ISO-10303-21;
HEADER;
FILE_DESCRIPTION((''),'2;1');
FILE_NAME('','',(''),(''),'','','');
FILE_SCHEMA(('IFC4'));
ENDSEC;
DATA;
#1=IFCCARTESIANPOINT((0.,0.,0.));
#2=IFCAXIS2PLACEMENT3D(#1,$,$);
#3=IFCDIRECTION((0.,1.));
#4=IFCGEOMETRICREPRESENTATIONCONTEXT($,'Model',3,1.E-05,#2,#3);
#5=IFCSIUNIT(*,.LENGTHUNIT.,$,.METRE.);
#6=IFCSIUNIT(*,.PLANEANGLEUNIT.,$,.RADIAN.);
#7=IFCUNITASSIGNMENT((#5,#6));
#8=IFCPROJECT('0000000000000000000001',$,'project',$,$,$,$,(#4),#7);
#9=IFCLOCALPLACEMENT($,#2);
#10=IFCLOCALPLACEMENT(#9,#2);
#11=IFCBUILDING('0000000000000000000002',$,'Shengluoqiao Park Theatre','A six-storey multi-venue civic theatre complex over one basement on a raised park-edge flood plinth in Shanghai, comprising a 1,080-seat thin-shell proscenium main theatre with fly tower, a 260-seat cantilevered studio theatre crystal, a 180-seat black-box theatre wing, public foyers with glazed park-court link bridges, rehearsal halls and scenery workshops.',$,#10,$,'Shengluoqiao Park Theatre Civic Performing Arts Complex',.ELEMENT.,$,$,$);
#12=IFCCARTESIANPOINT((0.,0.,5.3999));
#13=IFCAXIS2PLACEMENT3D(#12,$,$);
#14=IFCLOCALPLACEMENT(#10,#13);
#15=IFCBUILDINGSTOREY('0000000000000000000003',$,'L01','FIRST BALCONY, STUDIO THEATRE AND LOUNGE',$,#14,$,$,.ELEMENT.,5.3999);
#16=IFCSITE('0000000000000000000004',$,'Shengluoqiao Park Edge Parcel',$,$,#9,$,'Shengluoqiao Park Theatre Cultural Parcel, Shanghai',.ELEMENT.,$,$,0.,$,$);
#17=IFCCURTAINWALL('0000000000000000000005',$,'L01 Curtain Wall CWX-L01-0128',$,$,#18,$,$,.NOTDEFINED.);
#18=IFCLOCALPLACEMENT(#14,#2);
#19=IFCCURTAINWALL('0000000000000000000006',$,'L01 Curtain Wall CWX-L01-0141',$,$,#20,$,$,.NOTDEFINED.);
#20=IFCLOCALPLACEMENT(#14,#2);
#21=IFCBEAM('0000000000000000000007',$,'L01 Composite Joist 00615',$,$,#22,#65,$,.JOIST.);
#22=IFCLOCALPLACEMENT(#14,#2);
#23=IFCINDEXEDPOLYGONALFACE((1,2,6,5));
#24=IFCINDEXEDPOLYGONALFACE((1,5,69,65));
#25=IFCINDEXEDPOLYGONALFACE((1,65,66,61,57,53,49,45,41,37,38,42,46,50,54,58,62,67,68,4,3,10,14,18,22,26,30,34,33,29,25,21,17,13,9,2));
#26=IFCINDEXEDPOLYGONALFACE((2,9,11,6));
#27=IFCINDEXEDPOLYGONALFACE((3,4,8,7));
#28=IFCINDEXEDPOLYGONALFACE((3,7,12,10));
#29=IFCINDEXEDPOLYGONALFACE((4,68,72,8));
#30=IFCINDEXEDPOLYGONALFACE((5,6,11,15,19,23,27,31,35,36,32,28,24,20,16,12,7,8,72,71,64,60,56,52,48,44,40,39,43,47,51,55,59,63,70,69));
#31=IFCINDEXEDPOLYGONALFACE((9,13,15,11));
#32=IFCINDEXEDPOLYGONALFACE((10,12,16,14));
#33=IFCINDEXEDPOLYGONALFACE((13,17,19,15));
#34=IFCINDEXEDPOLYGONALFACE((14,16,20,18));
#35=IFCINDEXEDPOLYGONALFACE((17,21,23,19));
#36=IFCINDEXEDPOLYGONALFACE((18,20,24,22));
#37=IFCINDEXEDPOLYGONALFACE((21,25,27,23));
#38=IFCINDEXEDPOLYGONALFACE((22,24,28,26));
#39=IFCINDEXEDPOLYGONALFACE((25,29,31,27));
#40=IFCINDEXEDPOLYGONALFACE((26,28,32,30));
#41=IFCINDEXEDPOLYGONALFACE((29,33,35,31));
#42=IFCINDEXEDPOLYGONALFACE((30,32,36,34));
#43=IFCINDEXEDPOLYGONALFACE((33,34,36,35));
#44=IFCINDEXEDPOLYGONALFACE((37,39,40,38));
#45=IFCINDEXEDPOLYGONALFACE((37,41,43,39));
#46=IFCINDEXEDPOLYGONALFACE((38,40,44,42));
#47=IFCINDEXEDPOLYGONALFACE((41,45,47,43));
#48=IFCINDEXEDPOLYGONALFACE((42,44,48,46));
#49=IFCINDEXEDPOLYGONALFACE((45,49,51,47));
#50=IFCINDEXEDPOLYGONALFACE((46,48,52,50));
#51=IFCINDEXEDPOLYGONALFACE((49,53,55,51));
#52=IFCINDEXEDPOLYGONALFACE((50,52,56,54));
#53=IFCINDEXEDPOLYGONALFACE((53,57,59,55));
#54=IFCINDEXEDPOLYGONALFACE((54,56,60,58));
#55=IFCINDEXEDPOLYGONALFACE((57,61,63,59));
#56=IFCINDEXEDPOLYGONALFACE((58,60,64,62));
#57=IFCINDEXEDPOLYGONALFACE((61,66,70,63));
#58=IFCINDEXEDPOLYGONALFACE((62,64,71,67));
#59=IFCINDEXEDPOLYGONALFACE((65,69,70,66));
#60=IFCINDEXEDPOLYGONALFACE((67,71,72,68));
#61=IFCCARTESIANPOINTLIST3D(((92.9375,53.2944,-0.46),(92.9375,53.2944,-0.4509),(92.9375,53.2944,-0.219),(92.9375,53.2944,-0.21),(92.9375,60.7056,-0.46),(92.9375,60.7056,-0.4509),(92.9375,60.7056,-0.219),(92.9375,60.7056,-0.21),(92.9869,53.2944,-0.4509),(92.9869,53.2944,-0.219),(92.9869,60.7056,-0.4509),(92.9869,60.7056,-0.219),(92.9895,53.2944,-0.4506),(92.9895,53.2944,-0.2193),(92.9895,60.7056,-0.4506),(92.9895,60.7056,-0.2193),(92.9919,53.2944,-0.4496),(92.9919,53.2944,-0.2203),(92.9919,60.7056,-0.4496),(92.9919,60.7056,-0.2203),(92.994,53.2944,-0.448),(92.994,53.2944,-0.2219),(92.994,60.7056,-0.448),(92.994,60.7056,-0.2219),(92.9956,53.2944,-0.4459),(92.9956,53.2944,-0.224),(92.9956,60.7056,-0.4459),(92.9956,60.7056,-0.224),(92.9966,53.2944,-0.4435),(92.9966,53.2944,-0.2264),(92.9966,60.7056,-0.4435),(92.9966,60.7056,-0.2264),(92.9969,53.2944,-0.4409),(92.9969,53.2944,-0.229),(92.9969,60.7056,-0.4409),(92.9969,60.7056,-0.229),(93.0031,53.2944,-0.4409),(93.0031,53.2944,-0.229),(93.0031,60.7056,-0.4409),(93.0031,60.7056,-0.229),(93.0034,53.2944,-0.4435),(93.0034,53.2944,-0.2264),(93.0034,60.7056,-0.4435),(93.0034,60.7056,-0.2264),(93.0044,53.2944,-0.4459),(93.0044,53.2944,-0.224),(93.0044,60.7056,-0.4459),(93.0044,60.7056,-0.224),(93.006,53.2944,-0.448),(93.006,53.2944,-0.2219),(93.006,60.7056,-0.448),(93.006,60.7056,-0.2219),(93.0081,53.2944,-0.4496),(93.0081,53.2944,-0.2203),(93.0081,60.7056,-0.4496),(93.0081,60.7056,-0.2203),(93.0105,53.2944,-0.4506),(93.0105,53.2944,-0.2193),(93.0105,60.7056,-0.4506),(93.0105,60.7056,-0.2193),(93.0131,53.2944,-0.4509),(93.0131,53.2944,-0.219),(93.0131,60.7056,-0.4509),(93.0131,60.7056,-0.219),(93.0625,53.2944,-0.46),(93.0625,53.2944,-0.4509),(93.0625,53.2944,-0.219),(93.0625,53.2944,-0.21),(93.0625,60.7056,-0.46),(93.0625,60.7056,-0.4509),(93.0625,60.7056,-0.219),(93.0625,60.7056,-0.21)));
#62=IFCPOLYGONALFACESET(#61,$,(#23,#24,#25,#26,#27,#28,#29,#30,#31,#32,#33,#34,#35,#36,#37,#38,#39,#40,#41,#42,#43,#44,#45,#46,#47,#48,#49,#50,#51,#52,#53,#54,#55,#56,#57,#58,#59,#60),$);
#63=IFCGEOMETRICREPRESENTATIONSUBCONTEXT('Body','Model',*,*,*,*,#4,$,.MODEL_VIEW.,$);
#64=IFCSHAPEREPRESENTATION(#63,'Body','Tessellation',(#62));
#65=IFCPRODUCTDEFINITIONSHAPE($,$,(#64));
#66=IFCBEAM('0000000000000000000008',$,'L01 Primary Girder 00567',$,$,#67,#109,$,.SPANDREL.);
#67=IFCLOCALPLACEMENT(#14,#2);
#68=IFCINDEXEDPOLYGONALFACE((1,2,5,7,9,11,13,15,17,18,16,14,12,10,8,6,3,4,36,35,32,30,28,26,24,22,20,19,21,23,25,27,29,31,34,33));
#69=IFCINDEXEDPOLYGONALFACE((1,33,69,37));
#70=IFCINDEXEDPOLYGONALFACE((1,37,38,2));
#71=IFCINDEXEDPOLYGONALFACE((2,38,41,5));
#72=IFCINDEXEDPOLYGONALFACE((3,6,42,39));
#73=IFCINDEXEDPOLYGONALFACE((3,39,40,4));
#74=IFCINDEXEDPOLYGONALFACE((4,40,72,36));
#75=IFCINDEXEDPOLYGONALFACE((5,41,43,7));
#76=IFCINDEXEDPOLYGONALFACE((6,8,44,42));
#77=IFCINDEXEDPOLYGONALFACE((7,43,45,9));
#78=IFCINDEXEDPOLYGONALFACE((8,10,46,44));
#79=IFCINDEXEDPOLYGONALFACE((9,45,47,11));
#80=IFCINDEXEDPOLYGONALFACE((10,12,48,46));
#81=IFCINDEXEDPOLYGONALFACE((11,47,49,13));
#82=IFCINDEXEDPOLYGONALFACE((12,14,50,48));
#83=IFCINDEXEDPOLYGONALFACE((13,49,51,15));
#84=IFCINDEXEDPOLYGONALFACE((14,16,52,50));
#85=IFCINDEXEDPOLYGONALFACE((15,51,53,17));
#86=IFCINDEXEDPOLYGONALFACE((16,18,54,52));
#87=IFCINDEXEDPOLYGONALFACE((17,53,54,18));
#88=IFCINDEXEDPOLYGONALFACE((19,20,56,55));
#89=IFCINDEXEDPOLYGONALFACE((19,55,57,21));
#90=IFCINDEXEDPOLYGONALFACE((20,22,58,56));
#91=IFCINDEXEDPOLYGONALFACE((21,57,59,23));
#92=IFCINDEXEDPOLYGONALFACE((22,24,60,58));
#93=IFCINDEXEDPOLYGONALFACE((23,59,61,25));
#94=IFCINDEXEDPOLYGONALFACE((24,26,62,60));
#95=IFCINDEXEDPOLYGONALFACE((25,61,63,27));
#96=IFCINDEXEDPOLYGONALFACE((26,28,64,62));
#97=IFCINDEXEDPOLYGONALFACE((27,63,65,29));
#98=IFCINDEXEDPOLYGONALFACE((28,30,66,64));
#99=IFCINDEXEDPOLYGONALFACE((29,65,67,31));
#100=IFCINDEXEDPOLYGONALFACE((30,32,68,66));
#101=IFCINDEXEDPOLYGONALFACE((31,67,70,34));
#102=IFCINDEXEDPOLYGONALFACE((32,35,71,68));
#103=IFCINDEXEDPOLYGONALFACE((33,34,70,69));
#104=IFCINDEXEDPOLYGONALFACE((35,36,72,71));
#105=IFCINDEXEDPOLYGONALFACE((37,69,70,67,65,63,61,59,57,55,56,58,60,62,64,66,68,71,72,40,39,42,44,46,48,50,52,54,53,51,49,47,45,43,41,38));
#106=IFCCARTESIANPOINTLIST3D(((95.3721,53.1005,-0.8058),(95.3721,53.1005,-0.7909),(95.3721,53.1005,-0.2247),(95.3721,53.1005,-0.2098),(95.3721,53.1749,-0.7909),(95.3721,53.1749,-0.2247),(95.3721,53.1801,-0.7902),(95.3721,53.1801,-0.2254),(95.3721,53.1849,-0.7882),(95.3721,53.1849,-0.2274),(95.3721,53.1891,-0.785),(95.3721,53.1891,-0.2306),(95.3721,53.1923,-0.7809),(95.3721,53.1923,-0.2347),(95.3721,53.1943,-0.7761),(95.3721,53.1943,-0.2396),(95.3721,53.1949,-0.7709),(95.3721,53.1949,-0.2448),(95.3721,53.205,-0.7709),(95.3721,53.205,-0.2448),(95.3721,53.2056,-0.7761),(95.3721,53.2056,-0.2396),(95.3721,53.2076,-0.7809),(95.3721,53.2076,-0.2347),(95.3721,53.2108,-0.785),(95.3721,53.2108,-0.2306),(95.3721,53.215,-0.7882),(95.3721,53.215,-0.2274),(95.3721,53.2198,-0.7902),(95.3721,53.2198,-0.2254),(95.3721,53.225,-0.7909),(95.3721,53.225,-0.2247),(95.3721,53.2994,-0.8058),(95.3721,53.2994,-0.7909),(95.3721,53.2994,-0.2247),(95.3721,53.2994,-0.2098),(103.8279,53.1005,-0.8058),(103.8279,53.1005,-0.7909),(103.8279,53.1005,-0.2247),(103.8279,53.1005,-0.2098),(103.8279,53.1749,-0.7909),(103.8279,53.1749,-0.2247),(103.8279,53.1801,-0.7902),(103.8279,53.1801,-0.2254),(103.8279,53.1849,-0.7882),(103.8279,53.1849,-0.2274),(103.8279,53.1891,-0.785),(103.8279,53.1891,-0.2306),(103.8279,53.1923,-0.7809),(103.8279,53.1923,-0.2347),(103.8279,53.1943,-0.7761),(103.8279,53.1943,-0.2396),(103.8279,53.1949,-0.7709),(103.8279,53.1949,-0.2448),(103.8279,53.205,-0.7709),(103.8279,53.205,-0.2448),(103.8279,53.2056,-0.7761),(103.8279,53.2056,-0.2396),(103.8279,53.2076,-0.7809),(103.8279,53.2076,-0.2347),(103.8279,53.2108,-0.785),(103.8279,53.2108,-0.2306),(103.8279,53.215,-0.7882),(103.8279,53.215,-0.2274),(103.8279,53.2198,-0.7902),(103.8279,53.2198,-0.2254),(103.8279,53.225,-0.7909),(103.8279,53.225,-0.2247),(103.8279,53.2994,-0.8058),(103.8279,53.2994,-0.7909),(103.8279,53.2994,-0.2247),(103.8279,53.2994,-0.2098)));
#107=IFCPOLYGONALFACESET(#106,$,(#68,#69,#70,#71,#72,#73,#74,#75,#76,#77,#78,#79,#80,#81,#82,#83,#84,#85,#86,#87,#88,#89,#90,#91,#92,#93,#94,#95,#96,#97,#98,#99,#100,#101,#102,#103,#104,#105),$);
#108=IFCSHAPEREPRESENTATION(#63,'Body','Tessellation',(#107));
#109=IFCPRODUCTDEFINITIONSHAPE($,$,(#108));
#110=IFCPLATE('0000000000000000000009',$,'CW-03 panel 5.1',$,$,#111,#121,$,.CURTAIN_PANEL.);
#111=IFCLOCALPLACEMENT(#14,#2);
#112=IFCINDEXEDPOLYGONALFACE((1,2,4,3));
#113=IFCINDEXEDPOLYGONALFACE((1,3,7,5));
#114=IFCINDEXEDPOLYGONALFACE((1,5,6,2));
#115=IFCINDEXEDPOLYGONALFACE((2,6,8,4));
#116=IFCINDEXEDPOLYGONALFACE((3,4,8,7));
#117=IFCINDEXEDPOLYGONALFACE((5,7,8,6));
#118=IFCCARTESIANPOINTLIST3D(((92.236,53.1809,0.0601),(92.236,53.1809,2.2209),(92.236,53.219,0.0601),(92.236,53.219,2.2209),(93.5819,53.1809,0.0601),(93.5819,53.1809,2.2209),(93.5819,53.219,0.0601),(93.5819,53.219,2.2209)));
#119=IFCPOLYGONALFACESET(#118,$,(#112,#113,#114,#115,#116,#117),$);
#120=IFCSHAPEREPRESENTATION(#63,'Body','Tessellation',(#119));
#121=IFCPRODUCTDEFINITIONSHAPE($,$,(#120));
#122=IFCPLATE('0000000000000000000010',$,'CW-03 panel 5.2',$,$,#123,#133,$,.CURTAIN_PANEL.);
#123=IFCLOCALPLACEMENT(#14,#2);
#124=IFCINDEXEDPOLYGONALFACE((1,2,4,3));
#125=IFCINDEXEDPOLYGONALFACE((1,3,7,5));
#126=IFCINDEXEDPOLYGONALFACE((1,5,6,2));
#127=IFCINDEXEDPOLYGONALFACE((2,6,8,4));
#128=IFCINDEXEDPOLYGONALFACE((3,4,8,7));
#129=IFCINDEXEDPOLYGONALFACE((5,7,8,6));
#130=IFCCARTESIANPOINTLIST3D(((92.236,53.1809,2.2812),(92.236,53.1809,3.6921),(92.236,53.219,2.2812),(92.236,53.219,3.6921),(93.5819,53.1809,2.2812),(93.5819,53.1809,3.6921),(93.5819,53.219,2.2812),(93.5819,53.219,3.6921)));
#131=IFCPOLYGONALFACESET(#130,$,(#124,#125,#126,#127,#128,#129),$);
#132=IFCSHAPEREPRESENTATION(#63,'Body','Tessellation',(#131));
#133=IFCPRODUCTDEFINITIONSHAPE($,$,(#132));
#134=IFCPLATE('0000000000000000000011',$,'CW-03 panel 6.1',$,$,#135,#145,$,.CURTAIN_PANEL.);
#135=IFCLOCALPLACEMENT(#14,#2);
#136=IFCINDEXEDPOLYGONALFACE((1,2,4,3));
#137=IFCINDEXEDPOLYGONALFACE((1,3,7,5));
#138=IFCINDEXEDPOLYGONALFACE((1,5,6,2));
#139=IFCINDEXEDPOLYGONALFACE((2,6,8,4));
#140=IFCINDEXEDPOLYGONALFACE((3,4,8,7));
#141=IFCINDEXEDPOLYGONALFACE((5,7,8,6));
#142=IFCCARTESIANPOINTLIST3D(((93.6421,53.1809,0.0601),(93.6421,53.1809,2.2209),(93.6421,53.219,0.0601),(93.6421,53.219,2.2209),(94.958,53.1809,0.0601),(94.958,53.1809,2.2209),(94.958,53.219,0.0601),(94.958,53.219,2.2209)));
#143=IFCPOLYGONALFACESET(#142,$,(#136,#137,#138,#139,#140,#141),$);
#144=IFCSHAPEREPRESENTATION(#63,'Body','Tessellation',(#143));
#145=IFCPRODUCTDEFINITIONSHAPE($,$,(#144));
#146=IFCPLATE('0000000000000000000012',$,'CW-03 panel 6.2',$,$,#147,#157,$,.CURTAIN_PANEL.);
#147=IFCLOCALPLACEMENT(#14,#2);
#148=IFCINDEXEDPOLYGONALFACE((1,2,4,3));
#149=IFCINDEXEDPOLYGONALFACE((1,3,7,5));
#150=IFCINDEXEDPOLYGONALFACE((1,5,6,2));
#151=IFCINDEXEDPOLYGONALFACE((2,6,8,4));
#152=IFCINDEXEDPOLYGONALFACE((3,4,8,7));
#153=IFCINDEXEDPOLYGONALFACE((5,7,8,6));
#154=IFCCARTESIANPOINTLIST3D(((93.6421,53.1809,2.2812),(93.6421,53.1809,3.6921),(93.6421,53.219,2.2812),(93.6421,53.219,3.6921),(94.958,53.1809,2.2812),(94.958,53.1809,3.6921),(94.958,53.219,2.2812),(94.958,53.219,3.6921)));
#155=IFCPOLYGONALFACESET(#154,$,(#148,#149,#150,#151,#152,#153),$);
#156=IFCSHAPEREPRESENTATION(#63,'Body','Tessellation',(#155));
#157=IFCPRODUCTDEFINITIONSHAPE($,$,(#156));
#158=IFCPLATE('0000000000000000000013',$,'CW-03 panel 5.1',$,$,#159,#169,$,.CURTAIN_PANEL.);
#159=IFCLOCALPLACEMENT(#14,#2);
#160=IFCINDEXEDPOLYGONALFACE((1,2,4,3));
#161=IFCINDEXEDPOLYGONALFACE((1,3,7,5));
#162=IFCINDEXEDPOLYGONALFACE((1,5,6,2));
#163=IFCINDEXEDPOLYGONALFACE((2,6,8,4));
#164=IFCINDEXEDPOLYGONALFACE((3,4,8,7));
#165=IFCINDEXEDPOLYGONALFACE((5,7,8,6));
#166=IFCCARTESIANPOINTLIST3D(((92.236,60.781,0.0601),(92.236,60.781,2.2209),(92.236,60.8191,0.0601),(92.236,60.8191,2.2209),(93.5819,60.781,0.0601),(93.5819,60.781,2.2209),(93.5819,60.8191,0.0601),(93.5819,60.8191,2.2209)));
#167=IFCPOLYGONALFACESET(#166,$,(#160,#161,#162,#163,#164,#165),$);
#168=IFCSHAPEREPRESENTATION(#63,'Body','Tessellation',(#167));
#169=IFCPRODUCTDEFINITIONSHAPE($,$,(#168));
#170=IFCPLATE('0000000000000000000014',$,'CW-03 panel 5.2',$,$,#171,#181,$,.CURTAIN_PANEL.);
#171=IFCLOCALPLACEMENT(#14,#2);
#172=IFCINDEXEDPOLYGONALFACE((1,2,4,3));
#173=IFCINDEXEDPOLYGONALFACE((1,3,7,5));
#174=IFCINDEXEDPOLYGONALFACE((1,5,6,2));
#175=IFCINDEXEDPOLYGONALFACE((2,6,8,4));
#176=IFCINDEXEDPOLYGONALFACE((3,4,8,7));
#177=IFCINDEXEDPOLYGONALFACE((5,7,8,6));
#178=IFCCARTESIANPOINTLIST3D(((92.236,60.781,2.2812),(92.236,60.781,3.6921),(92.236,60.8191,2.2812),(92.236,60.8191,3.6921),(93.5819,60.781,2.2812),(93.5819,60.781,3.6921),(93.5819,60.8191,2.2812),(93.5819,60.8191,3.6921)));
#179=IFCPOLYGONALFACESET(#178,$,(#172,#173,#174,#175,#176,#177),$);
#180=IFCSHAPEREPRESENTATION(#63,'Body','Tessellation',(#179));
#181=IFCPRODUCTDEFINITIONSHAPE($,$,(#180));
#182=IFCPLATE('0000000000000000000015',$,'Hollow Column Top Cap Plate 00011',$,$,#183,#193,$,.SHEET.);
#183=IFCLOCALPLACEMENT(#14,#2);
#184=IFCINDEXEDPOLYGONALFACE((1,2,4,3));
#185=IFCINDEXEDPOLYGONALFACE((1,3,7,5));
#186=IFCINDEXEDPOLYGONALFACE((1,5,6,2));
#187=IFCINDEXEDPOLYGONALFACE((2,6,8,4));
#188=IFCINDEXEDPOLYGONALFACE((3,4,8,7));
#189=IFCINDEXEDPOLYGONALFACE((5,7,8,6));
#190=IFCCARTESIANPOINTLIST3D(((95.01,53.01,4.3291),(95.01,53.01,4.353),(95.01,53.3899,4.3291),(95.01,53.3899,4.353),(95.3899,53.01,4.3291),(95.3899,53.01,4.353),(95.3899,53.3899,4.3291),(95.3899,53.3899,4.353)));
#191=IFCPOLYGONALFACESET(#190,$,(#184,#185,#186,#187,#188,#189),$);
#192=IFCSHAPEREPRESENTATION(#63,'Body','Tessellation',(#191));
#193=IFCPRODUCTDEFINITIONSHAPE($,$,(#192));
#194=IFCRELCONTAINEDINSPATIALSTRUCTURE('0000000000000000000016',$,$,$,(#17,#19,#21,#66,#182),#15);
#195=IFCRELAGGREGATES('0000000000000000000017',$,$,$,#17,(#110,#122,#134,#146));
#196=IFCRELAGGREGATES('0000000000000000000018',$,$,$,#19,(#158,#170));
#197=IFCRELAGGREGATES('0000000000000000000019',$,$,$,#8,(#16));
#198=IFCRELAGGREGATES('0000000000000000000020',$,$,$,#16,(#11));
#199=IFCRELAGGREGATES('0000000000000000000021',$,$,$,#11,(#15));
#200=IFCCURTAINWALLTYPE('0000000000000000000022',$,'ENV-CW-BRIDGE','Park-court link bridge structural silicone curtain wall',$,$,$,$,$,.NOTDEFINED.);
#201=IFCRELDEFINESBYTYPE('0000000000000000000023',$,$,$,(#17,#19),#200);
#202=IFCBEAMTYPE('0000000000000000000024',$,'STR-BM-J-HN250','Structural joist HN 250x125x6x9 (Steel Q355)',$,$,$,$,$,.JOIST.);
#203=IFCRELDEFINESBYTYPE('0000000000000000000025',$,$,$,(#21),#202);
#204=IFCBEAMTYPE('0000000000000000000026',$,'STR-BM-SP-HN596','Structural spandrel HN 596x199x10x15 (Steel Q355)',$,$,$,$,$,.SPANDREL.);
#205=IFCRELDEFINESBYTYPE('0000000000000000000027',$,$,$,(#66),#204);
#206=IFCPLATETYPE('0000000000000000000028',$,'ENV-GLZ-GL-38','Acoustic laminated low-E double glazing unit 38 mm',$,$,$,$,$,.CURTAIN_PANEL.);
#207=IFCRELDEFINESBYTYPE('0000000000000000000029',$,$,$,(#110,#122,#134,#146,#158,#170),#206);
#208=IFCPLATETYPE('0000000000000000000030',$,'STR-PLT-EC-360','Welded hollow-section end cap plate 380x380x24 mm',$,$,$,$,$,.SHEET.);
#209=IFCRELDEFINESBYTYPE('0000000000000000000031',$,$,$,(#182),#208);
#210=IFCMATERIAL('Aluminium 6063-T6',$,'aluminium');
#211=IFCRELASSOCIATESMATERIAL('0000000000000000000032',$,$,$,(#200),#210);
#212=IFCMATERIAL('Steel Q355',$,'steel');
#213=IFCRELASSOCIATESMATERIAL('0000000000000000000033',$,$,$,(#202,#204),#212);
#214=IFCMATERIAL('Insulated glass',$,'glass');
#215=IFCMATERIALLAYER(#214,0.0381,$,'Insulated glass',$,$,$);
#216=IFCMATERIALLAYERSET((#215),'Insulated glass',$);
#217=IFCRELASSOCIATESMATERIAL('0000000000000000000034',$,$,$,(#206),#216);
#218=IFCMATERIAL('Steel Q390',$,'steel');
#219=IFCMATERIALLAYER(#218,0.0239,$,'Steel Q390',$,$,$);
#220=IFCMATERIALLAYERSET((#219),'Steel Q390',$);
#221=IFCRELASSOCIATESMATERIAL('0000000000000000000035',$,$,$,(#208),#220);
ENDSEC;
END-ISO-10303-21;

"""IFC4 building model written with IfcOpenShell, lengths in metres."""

from ifc_helpers import new_model, si_unit, direction, frame, origin, origin_2d, place, context, subcontext, project, spatial, rectangle, i_section, extrude, material, layer, layer_set, material_profile, profile_set, type_object, element, aggregate, save


model = new_model("IFC4")

# Units and contexts
model_context = context("Model", 3, precision=1e-05, world=origin(), true_north=direction((0.0, 1.0)))
body_context = subcontext(model_context, "Body", "Model", "MODEL_VIEW")
ifc_project = project(units=[si_unit("LENGTHUNIT", "METRE"), si_unit("PLANEANGLEUNIT", "RADIAN")], contexts=[model_context])

# Site, building, storey
site_placement = place(None, origin())
site = spatial("IfcSite", under=ifc_project, at=site_placement, Name="Shengluoqiao Park Edge Parcel", LongName="Shengluoqiao Park Theatre Cultural Parcel, Shanghai", CompositionType="ELEMENT", RefElevation=0.0)
building_placement = place(site_placement, origin())
building = spatial("IfcBuilding", under=site, at=building_placement, Name="Shengluoqiao Park Theatre", Description="A six-storey multi-venue civic theatre complex over one basement on a raised park-edge flood plinth in Shanghai, comprising a 1,080-seat thin-shell proscenium main theatre with fly tower, a 260-seat cantilevered studio theatre crystal, a 180-seat black-box theatre wing, public foyers with glazed park-court link bridges, rehearsal halls and scenery workshops.", LongName="Shengluoqiao Park Theatre Civic Performing Arts Complex", CompositionType="ELEMENT")
storey_placement = place(building_placement, frame((0.0, 0.0, 5.3999)))
storey = spatial("IfcBuildingStorey", under=building, at=storey_placement, Name="L01", Description="FIRST BALCONY, STUDIO THEATRE AND LOUNGE", CompositionType="ELEMENT", Elevation=5.3999)

# Shared definitions
ifc_material_1 = material(Name="Steel Q355", Category="steel")

# Curtain wall
ifc_material_2 = material(Name="Aluminium 6063-T6", Category="aluminium")
curtain_wall_type = type_object("IfcCurtainWallType", Name="ENV-CW-BRIDGE", Description="Park-court link bridge structural silicone curtain wall", PredefinedType="NOTDEFINED", material=ifc_material_2)
curtain_wall_1_placement = place(storey_placement, origin())
curtain_wall_1 = element("IfcCurtainWall", 1, at=curtain_wall_1_placement, inside=storey, type_object=curtain_wall_type, Name="L01 Curtain Wall CWX-L01-0128", PredefinedType="NOTDEFINED")

# Curtain wall
curtain_wall_2_placement = place(storey_placement, origin())
curtain_wall_2 = element("IfcCurtainWall", 2, at=curtain_wall_2_placement, inside=storey, type_object=curtain_wall_type, Name="L01 Curtain Wall CWX-L01-0141", PredefinedType="NOTDEFINED")

# Beams
ifc_material_profile_1 = material_profile(ifc_material_1, i_section(OverallWidth=0.125, OverallDepth=0.25, WebThickness=0.0061, FlangeThickness=0.009, FilletRadius=0.01, at=origin_2d()), Name="HN 250x125x6x9")
ifc_profile_set_1 = profile_set([ifc_material_profile_1], Name="Steel Q355")
beam_type_1 = type_object("IfcBeamType", Name="STR-BM-J-HN250", Description="Structural joist HN 250x125x6x9 (Steel Q355)", PredefinedType="JOIST", material=ifc_profile_set_1)
beam_1_placement = place(storey_placement, frame((93.0, 53.2944, -0.335), z_axis=(0.0, 1.0, 0.0), x_axis=(-1.0, 0.0, 0.0)))
element("IfcBeam", 3, at=beam_1_placement, inside=storey, type_object=beam_type_1, Name="L01 Composite Joist 00615", PredefinedType="JOIST", context=body_context, shape_type="SweptSolid", body=[
    extrude(i_section(OverallWidth=0.125, OverallDepth=0.25, WebThickness=0.0061, FlangeThickness=0.009, FilletRadius=0.01, at=origin_2d()), origin(), (0.0, 0.0, 1.0), 7.4111),
])
ifc_material_profile_2 = material_profile(ifc_material_1, i_section(OverallWidth=0.199, OverallDepth=0.5959, WebThickness=0.01, FlangeThickness=0.0149, FilletRadius=0.02, at=origin_2d()), Name="HN 596x199x10x15")
ifc_profile_set_2 = profile_set([ifc_material_profile_2], Name="Steel Q355")
beam_type_2 = type_object("IfcBeamType", Name="STR-BM-SP-HN596", Description="Structural spandrel HN 596x199x10x15 (Steel Q355)", PredefinedType="SPANDREL", material=ifc_profile_set_2)
beam_2_placement = place(storey_placement, frame((95.3721, 53.2, -0.5078), z_axis=(1.0, 0.0, 0.0), x_axis=(0.0, 1.0, 0.0)))
element("IfcBeam", 4, at=beam_2_placement, inside=storey, type_object=beam_type_2, Name="L01 Primary Girder 00567", PredefinedType="SPANDREL", context=body_context, shape_type="SweptSolid", body=[
    extrude(i_section(OverallWidth=0.199, OverallDepth=0.5959, WebThickness=0.01, FlangeThickness=0.0149, FilletRadius=0.02, at=origin_2d()), origin(), (0.0, 0.0, 1.0), 8.4558),
])

# Plates
ifc_material_3 = material(Name="Insulated glass", Category="glass")
ifc_layer_1 = layer(ifc_material_3, 0.0381, Name="Insulated glass")
ifc_layer_set_1 = layer_set([ifc_layer_1], Name="Insulated glass")
plate_type_1 = type_object("IfcPlateType", Name="ENV-GLZ-GL-38", Description="Acoustic laminated low-E double glazing unit 38 mm", PredefinedType="CURTAIN_PANEL", material=ifc_layer_set_1)
plate_1_placement = place(storey_placement, frame((92.9089, 53.2, 0.0601), z_axis=(0.0, 0.0, 1.0), x_axis=(1.0, 0.0, 0.0)))
plate_1 = element("IfcPlate", 5, at=plate_1_placement, type_object=plate_type_1, Name="CW-03 panel 5.1", PredefinedType="CURTAIN_PANEL", context=body_context, shape_type="SweptSolid", body=[
    extrude(rectangle(XDim=1.3459, YDim=0.0381, at=origin_2d()), origin(), (0.0, 0.0, 1.0), 2.1609),
])
plate_2_placement = place(storey_placement, frame((92.9089, 53.2, 2.2812), z_axis=(0.0, 0.0, 1.0), x_axis=(1.0, 0.0, 0.0)))
plate_2 = element("IfcPlate", 6, at=plate_2_placement, type_object=plate_type_1, Name="CW-03 panel 5.2", PredefinedType="CURTAIN_PANEL", context=body_context, shape_type="SweptSolid", body=[
    extrude(rectangle(XDim=1.3459, YDim=0.0381, at=origin_2d()), origin(), (0.0, 0.0, 1.0), 1.4109),
])
plate_3_placement = place(storey_placement, frame((94.3, 53.2, 0.0601), z_axis=(0.0, 0.0, 1.0), x_axis=(1.0, 0.0, 0.0)))
plate_3 = element("IfcPlate", 7, at=plate_3_placement, type_object=plate_type_1, Name="CW-03 panel 6.1", PredefinedType="CURTAIN_PANEL", context=body_context, shape_type="SweptSolid", body=[
    extrude(rectangle(XDim=1.3159, YDim=0.0381, at=origin_2d()), origin(), (0.0, 0.0, 1.0), 2.1609),
])
plate_4_placement = place(storey_placement, frame((94.3, 53.2, 2.2812), z_axis=(0.0, 0.0, 1.0), x_axis=(1.0, 0.0, 0.0)))
plate_4 = element("IfcPlate", 8, at=plate_4_placement, type_object=plate_type_1, Name="CW-03 panel 6.2", PredefinedType="CURTAIN_PANEL", context=body_context, shape_type="SweptSolid", body=[
    extrude(rectangle(XDim=1.3159, YDim=0.0381, at=origin_2d()), origin(), (0.0, 0.0, 1.0), 1.4109),
])
aggregate(curtain_wall_1, [plate_1, plate_2, plate_3, plate_4])
plate_5_placement = place(storey_placement, frame((92.9089, 60.8, 0.0601), z_axis=(0.0, 0.0, 1.0), x_axis=(1.0, 0.0, 0.0)))
plate_5 = element("IfcPlate", 9, at=plate_5_placement, type_object=plate_type_1, Name="CW-03 panel 5.1", PredefinedType="CURTAIN_PANEL", context=body_context, shape_type="SweptSolid", body=[
    extrude(rectangle(XDim=1.3459, YDim=0.0381, at=origin_2d()), origin(), (0.0, 0.0, 1.0), 2.1609),
])
plate_6_placement = place(storey_placement, frame((92.9089, 60.8, 2.2812), z_axis=(0.0, 0.0, 1.0), x_axis=(1.0, 0.0, 0.0)))
plate_6 = element("IfcPlate", 10, at=plate_6_placement, type_object=plate_type_1, Name="CW-03 panel 5.2", PredefinedType="CURTAIN_PANEL", context=body_context, shape_type="SweptSolid", body=[
    extrude(rectangle(XDim=1.3459, YDim=0.0381, at=origin_2d()), origin(), (0.0, 0.0, 1.0), 1.4109),
])
aggregate(curtain_wall_2, [plate_5, plate_6])
ifc_material_4 = material(Name="Steel Q390", Category="steel")
ifc_layer_2 = layer(ifc_material_4, 0.0239, Name="Steel Q390")
ifc_layer_set_2 = layer_set([ifc_layer_2], Name="Steel Q390")
plate_type_2 = type_object("IfcPlateType", Name="STR-PLT-EC-360", Description="Welded hollow-section end cap plate 380x380x24 mm", PredefinedType="SHEET", material=ifc_layer_set_2)
plate_7_placement = place(storey_placement, frame((95.2, 53.2, 4.3291), z_axis=(0.0, 0.0, 1.0), x_axis=(1.0, 0.0, 0.0)))
element("IfcPlate", 11, at=plate_7_placement, inside=storey, type_object=plate_type_2, Name="Hollow Column Top Cap Plate 00011", PredefinedType="SHEET", context=body_context, shape_type="SweptSolid", body=[
    extrude(rectangle(XDim=0.3799, YDim=0.3799, at=origin_2d()), origin(), (0.0, 0.0, 1.0), 0.0239),
])

save(model, "model.ifc")
